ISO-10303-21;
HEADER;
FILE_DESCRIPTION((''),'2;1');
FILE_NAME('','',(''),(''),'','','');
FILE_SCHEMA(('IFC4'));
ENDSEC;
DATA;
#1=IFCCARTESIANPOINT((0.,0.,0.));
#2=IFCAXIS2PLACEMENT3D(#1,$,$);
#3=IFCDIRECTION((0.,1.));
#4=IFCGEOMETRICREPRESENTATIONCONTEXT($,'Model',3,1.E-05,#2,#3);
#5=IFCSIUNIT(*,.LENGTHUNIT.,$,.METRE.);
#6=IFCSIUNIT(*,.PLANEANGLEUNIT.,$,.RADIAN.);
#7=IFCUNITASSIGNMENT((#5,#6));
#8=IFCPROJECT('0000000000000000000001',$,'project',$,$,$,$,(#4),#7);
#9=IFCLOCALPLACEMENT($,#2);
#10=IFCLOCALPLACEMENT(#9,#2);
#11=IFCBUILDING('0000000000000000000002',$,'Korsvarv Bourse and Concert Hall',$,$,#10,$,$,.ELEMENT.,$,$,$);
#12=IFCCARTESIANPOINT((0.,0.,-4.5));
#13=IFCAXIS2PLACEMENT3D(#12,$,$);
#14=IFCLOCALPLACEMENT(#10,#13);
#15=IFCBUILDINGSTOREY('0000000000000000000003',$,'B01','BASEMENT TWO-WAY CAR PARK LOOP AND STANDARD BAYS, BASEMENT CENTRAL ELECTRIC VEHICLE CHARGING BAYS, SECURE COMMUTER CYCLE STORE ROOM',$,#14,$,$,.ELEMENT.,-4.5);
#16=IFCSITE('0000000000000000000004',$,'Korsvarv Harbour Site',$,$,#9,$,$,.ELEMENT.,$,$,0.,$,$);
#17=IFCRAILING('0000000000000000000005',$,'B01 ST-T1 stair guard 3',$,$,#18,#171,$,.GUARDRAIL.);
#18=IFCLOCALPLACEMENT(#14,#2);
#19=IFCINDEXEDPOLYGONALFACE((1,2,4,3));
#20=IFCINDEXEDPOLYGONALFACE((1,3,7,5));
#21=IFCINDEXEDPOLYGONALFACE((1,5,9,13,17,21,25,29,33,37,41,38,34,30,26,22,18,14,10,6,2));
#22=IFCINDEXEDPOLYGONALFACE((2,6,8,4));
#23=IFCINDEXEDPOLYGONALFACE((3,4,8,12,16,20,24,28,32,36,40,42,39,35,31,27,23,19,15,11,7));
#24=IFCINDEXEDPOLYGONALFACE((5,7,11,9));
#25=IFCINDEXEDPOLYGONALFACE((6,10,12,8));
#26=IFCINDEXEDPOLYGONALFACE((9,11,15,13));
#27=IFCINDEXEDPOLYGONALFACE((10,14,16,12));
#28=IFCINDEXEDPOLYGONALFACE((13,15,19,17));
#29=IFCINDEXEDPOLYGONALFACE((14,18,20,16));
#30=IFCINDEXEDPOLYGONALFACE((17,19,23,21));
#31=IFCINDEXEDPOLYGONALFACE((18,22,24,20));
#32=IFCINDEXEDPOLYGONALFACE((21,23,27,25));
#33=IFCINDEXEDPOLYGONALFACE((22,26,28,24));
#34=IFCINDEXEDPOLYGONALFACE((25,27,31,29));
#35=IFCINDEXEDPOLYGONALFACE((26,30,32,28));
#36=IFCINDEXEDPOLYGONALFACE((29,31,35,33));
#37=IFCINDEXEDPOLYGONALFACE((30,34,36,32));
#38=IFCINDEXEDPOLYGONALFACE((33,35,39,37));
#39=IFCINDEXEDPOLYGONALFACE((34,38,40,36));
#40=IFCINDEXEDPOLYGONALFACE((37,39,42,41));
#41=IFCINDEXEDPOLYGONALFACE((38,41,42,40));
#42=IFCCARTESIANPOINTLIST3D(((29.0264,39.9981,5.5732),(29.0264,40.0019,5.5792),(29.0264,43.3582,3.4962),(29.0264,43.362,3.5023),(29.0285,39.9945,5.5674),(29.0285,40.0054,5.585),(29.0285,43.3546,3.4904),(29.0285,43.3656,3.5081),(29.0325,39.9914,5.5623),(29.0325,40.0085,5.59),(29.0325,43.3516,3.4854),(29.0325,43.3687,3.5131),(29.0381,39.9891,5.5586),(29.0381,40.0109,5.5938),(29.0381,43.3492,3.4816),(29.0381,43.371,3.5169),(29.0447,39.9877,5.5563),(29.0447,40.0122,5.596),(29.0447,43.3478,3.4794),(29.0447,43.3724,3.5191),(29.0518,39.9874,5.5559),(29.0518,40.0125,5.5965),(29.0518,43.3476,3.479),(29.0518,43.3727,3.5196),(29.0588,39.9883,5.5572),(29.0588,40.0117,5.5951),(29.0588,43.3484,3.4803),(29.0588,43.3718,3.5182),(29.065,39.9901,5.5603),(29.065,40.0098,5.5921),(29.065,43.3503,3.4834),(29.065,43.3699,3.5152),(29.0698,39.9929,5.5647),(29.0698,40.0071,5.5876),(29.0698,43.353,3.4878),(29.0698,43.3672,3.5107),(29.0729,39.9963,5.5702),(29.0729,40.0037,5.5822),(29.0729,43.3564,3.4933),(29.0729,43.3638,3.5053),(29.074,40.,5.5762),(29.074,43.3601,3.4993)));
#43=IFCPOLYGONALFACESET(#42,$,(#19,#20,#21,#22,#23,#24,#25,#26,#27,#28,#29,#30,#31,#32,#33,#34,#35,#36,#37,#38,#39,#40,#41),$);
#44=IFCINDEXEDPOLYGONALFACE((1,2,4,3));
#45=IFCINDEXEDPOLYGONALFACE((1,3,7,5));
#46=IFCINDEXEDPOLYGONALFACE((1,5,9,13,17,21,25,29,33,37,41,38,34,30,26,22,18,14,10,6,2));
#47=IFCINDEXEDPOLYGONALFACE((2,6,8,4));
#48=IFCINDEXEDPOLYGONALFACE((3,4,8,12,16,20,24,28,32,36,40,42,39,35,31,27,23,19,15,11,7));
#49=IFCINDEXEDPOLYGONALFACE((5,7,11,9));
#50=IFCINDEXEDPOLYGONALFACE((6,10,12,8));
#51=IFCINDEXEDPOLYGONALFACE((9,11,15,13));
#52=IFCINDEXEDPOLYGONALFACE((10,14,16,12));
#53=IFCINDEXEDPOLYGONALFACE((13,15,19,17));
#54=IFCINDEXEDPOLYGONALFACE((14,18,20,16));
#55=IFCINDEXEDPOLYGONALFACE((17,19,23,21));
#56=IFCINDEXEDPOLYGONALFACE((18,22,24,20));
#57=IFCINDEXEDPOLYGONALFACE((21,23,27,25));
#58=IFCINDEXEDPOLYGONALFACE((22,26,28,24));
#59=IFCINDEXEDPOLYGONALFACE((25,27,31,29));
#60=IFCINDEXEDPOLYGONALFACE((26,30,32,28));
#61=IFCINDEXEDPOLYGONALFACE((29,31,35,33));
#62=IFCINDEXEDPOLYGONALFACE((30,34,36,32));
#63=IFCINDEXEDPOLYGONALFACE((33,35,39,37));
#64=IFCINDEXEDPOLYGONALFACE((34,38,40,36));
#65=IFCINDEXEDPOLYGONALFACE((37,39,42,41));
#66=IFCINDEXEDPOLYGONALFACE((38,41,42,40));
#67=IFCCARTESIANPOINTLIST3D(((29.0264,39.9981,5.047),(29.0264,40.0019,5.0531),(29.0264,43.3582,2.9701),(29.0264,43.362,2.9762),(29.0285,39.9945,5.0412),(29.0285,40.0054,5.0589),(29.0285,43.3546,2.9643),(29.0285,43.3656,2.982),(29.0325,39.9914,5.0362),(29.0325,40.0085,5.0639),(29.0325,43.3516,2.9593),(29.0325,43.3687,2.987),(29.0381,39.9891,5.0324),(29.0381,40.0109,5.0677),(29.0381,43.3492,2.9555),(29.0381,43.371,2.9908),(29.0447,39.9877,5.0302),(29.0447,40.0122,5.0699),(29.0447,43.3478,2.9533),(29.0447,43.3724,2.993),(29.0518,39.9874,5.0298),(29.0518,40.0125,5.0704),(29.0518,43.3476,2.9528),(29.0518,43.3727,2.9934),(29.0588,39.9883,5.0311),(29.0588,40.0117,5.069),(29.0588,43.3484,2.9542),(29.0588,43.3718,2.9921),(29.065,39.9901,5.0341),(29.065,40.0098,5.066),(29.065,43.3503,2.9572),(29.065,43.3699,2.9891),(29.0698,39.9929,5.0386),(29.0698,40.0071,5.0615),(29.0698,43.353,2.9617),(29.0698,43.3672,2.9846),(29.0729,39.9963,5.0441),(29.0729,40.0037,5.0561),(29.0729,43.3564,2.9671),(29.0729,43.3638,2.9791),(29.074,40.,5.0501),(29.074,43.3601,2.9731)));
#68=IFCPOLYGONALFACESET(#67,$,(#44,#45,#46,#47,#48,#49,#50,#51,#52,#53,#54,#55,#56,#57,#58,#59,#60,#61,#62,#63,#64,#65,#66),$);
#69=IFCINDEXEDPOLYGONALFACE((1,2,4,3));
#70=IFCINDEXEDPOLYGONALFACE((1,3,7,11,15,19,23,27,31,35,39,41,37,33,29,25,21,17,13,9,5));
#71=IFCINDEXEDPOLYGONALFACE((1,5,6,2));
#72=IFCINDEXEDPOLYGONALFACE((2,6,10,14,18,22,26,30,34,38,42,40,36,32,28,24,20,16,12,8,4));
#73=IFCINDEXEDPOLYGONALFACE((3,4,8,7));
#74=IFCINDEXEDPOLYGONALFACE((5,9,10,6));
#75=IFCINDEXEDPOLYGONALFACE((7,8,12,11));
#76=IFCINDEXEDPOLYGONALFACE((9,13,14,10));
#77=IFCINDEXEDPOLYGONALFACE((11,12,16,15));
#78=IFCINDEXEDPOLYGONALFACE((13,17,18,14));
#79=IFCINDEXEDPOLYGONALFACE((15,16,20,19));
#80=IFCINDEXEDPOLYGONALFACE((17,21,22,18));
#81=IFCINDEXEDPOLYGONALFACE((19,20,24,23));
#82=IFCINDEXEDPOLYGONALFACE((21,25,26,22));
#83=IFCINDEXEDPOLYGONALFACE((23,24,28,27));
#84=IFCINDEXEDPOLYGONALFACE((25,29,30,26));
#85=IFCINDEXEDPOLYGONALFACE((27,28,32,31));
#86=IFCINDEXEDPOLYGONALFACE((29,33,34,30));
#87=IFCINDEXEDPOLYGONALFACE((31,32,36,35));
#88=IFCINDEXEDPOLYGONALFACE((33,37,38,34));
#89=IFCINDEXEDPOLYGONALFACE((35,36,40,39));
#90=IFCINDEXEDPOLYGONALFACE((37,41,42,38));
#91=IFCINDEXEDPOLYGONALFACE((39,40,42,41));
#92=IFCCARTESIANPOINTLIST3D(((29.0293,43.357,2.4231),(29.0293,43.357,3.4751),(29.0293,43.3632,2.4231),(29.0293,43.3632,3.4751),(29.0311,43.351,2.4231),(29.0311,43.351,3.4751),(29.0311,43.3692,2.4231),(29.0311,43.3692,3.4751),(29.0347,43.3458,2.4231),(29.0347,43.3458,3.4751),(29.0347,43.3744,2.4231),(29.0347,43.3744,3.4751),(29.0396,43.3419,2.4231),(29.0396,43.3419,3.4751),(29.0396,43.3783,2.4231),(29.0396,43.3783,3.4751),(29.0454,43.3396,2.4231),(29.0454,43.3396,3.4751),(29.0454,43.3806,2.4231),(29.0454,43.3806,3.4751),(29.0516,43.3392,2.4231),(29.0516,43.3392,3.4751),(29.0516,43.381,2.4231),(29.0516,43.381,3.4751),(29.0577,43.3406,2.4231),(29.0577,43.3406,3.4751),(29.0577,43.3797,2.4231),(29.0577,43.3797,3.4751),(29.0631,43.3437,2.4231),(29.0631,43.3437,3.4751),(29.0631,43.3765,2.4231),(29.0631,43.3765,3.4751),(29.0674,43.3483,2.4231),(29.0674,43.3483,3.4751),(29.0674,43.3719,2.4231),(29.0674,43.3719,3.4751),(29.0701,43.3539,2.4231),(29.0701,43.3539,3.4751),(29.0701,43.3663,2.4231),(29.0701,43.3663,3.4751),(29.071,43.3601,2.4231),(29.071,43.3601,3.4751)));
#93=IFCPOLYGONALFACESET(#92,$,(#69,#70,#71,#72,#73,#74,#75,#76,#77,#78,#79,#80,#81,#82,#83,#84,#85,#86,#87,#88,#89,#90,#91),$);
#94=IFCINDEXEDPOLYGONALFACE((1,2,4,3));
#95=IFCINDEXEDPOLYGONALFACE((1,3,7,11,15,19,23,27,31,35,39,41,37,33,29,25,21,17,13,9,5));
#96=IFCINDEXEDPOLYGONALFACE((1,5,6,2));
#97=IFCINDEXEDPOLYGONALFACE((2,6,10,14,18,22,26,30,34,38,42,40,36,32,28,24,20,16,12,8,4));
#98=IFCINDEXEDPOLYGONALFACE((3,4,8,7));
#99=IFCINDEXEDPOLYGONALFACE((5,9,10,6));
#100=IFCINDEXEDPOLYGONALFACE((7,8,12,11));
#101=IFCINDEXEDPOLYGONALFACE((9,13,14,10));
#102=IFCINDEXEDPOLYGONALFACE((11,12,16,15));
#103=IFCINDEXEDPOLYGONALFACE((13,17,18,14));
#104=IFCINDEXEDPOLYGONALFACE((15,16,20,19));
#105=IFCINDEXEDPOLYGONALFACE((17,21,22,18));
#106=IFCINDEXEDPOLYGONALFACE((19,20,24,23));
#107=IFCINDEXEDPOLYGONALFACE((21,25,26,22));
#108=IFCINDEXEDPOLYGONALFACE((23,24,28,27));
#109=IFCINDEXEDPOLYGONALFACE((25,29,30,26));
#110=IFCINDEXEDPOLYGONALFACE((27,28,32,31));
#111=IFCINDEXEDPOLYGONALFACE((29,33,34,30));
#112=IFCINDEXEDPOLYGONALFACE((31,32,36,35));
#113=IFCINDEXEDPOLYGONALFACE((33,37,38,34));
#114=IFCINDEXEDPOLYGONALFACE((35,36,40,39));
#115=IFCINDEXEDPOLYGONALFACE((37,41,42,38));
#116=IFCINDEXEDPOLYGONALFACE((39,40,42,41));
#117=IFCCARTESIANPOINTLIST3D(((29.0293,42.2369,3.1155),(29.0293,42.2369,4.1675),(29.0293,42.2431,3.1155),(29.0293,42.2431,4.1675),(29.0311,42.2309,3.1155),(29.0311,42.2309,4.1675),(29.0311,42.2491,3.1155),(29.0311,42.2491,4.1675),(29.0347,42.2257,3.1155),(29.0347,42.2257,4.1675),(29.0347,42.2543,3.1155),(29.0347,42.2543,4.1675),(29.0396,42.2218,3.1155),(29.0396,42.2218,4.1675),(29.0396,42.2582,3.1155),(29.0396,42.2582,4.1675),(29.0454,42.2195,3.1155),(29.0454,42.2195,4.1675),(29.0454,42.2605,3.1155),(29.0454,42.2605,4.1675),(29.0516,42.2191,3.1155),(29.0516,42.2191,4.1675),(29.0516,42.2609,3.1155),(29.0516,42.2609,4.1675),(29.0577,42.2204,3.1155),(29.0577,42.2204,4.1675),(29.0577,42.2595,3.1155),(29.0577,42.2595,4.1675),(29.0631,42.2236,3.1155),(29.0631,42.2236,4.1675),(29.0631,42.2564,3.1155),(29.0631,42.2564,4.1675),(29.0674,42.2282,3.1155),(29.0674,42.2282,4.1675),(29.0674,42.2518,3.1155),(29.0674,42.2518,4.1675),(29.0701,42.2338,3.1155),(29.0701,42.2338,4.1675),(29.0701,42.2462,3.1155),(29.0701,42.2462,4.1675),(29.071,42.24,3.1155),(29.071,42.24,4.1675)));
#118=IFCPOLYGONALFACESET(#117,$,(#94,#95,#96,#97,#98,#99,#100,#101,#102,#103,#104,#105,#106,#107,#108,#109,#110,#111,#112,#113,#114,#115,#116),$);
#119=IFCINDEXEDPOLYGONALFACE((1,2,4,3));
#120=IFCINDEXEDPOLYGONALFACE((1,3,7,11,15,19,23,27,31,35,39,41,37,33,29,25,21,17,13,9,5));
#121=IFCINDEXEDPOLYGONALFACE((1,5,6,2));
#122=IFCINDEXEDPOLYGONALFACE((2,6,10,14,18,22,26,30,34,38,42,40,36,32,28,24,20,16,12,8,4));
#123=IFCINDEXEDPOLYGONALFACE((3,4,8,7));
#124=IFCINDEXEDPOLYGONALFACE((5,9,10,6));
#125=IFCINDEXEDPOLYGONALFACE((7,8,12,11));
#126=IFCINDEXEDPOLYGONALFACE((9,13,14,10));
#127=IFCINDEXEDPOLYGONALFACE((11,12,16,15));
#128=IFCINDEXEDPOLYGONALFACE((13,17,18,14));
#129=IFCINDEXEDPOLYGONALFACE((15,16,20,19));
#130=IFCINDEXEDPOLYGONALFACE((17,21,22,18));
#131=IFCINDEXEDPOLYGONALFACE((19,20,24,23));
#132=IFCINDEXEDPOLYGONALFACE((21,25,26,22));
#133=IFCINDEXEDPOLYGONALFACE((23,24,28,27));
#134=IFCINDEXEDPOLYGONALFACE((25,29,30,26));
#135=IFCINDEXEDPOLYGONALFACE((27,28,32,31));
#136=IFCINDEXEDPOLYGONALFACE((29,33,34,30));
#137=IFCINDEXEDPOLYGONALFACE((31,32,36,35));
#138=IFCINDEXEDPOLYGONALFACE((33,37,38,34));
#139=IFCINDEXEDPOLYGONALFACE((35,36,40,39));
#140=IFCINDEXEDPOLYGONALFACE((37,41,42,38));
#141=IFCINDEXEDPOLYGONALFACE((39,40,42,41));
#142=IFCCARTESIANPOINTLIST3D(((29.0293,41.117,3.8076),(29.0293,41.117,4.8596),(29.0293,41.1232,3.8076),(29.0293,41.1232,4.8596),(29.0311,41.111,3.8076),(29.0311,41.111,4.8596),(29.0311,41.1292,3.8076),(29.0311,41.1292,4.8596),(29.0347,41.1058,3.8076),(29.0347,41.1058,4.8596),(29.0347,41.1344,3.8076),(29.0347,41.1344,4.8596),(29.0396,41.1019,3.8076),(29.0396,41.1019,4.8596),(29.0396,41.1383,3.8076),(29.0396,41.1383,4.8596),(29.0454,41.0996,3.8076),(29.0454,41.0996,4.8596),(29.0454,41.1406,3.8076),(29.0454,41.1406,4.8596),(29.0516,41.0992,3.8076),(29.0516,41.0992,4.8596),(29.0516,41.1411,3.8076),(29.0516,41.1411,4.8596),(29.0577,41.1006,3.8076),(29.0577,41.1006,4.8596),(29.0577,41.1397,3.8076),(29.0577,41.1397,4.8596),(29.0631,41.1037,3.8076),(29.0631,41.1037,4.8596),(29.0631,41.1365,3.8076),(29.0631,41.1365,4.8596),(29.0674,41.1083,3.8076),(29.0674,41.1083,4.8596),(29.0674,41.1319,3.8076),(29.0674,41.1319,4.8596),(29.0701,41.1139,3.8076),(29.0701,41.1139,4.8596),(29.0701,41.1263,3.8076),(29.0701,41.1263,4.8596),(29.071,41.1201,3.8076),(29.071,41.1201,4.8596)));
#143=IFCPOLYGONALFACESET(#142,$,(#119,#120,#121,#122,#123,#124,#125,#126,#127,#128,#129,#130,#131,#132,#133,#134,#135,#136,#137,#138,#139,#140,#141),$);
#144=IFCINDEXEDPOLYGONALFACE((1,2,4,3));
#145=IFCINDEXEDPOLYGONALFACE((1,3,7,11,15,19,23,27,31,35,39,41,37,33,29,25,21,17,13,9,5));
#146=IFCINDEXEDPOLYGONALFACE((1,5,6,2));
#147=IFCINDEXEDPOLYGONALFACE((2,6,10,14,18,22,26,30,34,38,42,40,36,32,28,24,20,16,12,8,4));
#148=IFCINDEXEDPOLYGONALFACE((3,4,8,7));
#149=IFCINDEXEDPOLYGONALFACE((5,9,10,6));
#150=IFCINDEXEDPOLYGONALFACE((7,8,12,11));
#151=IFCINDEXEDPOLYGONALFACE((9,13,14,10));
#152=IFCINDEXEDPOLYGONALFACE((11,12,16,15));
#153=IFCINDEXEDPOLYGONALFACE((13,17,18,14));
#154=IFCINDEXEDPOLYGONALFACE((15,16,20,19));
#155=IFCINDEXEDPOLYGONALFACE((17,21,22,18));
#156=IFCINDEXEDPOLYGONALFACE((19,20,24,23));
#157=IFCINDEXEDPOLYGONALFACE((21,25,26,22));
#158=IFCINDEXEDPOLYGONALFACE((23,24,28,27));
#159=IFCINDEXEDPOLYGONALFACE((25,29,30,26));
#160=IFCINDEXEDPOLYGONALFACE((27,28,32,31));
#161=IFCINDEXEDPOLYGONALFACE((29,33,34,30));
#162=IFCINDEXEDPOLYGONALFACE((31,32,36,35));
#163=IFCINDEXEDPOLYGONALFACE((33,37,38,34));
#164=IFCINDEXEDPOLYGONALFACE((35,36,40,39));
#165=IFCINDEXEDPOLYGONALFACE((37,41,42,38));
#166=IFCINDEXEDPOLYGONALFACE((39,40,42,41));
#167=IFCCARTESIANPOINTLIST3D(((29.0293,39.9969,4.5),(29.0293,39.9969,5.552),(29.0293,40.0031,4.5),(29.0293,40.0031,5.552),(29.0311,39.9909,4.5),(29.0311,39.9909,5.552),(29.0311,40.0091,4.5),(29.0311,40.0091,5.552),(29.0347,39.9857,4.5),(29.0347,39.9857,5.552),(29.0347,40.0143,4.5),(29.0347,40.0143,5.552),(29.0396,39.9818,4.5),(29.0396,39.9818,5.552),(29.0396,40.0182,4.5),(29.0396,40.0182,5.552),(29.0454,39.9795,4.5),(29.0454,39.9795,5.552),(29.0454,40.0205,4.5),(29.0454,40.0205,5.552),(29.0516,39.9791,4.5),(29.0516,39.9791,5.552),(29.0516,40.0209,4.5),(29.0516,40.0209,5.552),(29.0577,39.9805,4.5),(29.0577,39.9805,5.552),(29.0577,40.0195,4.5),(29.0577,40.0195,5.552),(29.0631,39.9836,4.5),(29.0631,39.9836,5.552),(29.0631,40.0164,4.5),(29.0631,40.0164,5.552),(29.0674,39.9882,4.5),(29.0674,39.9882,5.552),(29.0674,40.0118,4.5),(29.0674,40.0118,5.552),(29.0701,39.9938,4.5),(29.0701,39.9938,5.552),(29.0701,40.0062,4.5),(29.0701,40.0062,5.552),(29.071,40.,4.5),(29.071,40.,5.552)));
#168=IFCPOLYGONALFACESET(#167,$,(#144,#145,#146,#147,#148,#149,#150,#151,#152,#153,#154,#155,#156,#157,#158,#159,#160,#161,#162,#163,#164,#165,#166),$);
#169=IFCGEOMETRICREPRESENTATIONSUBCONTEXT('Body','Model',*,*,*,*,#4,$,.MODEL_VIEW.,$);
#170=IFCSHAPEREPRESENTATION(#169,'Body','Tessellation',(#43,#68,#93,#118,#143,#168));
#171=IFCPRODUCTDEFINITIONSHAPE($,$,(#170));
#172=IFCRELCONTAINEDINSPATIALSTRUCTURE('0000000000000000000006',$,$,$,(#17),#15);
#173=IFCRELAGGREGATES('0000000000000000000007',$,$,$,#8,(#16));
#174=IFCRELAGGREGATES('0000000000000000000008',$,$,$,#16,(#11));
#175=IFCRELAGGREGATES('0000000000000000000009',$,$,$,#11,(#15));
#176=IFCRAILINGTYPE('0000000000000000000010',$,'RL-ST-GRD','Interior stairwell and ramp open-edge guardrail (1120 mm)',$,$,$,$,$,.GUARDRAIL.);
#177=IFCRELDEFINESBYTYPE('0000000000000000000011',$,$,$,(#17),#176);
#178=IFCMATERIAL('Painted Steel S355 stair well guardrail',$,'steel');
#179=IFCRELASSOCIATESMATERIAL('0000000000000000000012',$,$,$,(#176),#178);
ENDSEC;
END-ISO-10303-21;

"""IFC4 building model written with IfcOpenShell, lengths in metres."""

from ifc_helpers import new_model, si_unit, direction, frame, origin, origin_2d, place, context, subcontext, project, spatial, circle, extrude, material, type_object, element, save


model = new_model("IFC4")

# Units and contexts
model_context = context("Model", 3, precision=1e-05, world=origin(), true_north=direction((0.0, 1.0)))
body_context = subcontext(model_context, "Body", "Model", "MODEL_VIEW")
ifc_project = project(units=[si_unit("LENGTHUNIT", "METRE"), si_unit("PLANEANGLEUNIT", "RADIAN")], contexts=[model_context])

# Site, building, storey
site_placement = place(None, origin())
site = spatial("IfcSite", under=ifc_project, at=site_placement, Name="Korsvarv Harbour Site", CompositionType="ELEMENT", RefElevation=0.0)
building_placement = place(site_placement, origin())
building = spatial("IfcBuilding", under=site, at=building_placement, Name="Korsvarv Bourse and Concert Hall", CompositionType="ELEMENT")
storey_placement = place(building_placement, frame((0.0, 0.0, -4.5)))
storey = spatial("IfcBuildingStorey", under=building, at=storey_placement, Name="B01", Description="BASEMENT TWO-WAY CAR PARK LOOP AND STANDARD BAYS, BASEMENT CENTRAL ELECTRIC VEHICLE CHARGING BAYS, SECURE COMMUTER CYCLE STORE ROOM", CompositionType="ELEMENT", Elevation=-4.5)

# Railing
ifc_material_1 = material(Name="Painted Steel S355 stair well guardrail", Category="steel")
railing_type_1 = type_object("IfcRailingType", Name="RL-ST-GRD", Description="Interior stairwell and ramp open-edge guardrail (1120 mm)", PredefinedType="GUARDRAIL", material=ifc_material_1)
railing_1_placement = place(storey_placement, frame((29.05, 43.3601, 2.4231)))
element("IfcRailing", 1, at=railing_1_placement, inside=storey, type_object=railing_type_1, Name="B01 ST-T1 stair guard 3", PredefinedType="GUARDRAIL", context=body_context, shape_type="SweptSolid", body=[
    extrude(circle(Radius=0.0239, at=origin_2d()), frame((0.0, 0.0, 1.0762), z_axis=(0.0, -0.850623, 0.525776), x_axis=(1.0, 0.0, 0.0)), (0.0, 0.0, 1.0), 3.9502),
    extrude(circle(Radius=0.0239, at=origin_2d()), frame((0.0, 0.0, 0.55), z_axis=(0.0, -0.850623, 0.525776), x_axis=(1.0, 0.0, 0.0)), (0.0, 0.0, 1.0), 3.9502),
    extrude(circle(Radius=0.021, at=origin_2d()), origin(), (0.0, 0.0, 1.0), 1.052),
    extrude(circle(Radius=0.021, at=origin_2d()), frame((0.0, -1.1201, 0.6924)), (0.0, 0.0, 1.0), 1.052),
    extrude(circle(Radius=0.021, at=origin_2d()), frame((0.0, -2.24, 1.3845)), (0.0, 0.0, 1.0), 1.052),
    extrude(circle(Radius=0.021, at=origin_2d()), frame((0.0, -3.3601, 2.0769)), (0.0, 0.0, 1.0), 1.052),
])

save(model, "model.ifc")
